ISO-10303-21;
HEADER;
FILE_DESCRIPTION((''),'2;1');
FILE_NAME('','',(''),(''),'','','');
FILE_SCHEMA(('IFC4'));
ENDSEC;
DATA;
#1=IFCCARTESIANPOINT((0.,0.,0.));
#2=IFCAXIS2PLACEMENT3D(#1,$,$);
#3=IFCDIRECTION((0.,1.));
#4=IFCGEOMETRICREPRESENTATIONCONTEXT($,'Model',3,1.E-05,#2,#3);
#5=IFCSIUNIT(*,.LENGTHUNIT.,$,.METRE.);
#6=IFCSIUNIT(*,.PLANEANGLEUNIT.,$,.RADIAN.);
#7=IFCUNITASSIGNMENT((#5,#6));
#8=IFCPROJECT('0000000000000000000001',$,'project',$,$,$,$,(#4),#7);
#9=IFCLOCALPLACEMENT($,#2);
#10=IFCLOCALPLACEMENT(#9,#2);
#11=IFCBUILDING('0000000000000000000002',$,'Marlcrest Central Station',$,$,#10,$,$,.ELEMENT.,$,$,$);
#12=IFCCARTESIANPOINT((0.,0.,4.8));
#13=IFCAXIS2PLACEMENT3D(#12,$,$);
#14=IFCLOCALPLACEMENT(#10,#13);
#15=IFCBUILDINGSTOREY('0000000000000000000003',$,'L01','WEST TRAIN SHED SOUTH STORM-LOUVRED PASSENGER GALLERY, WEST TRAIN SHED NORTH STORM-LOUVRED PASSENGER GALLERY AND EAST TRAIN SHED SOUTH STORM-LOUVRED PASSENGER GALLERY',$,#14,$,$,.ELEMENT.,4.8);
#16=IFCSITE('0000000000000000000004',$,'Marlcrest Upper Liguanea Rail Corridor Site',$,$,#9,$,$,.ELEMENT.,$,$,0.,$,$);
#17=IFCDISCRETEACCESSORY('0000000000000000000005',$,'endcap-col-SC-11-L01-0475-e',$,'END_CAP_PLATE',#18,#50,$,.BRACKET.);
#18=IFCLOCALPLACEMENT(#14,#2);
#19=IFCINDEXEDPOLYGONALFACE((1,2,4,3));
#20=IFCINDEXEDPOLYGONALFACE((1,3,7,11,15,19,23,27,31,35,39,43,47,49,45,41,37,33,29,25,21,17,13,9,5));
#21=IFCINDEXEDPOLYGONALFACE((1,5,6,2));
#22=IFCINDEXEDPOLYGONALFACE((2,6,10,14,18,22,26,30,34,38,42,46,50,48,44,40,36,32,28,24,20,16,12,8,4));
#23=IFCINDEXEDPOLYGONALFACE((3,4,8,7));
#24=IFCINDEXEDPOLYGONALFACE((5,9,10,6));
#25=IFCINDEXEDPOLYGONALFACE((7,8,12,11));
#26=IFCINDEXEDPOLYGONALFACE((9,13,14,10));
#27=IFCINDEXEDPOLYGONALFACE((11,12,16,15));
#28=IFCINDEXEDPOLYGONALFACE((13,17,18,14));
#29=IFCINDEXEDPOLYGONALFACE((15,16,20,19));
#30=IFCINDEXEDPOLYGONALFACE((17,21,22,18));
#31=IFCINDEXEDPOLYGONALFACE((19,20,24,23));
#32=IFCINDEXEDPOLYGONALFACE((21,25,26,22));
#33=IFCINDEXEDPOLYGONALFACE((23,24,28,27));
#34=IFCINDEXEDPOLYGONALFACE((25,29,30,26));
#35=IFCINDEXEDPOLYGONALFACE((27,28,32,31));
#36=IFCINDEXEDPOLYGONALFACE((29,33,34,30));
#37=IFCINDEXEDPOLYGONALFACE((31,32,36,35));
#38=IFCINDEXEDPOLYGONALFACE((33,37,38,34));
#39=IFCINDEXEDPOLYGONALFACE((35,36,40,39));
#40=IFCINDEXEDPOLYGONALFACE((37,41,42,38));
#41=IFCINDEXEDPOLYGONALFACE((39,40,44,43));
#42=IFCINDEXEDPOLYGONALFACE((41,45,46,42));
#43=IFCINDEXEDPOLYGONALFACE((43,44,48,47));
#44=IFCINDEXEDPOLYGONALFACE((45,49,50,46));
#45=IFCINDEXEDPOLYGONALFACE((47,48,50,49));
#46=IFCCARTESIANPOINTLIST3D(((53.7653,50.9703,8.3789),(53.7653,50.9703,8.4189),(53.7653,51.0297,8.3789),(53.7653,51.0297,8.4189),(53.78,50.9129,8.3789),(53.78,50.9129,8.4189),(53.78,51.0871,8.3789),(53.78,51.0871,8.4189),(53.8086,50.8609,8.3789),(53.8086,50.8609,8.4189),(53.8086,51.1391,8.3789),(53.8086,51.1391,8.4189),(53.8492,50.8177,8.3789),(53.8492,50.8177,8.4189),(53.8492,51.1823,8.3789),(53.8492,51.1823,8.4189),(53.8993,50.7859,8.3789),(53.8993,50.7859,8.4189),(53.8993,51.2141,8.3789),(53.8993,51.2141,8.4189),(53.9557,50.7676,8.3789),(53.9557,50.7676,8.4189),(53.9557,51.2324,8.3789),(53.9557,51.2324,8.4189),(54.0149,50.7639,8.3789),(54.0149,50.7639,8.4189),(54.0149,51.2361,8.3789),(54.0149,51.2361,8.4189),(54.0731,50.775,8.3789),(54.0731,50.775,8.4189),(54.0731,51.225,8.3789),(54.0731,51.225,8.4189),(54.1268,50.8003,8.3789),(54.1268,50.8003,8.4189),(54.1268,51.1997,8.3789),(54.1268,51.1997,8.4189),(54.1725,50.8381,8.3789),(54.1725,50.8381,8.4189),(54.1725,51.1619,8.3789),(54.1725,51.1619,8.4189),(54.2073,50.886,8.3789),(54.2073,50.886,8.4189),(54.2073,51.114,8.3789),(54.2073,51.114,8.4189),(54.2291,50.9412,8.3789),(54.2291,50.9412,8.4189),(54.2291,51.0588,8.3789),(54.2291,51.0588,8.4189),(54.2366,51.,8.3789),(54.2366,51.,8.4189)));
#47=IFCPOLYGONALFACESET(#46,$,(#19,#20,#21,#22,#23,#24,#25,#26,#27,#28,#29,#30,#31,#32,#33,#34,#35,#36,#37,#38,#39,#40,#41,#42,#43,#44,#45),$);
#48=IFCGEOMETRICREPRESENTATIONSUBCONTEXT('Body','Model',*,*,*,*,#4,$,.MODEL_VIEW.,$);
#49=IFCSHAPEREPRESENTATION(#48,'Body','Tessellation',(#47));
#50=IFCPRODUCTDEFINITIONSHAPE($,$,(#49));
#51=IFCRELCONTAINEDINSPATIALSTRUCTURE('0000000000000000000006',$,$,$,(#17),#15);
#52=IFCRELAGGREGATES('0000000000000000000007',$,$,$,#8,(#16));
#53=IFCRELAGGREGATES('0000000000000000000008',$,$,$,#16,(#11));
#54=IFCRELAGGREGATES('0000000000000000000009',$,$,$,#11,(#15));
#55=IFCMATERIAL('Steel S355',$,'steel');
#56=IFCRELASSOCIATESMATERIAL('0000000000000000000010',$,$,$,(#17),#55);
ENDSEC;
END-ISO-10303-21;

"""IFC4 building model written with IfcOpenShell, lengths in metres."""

from ifc_helpers import new_model, si_unit, direction, frame, origin, origin_2d, place, context, subcontext, project, spatial, circle, extrude, material, element, save


model = new_model("IFC4")

# Units and contexts
model_context = context("Model", 3, precision=1e-05, world=origin(), true_north=direction((0.0, 1.0)))
body_context = subcontext(model_context, "Body", "Model", "MODEL_VIEW")
ifc_project = project(units=[si_unit("LENGTHUNIT", "METRE"), si_unit("PLANEANGLEUNIT", "RADIAN")], contexts=[model_context])

# Site, building, storey
site_placement = place(None, origin())
site = spatial("IfcSite", under=ifc_project, at=site_placement, Name="Marlcrest Upper Liguanea Rail Corridor Site", CompositionType="ELEMENT", RefElevation=0.0)
building_placement = place(site_placement, origin())
building = spatial("IfcBuilding", under=site, at=building_placement, Name="Marlcrest Central Station", CompositionType="ELEMENT")
storey_placement = place(building_placement, frame((0.0, 0.0, 4.8)))
storey = spatial("IfcBuildingStorey", under=building, at=storey_placement, Name="L01", Description="WEST TRAIN SHED SOUTH STORM-LOUVRED PASSENGER GALLERY, WEST TRAIN SHED NORTH STORM-LOUVRED PASSENGER GALLERY AND EAST TRAIN SHED SOUTH STORM-LOUVRED PASSENGER GALLERY", CompositionType="ELEMENT", Elevation=4.8)

# Shared definitions
ifc_material = material(Name="Steel S355", Category="steel")

# Discrete accessory
for number, where, z_axis, x_axis, name in (
    (1, (54.0, 51.0, 8.3789), (0.0, 0.0, 1.0), (1.0, 0.0, 0.0), "endcap-col-SC-11-L01-0475-e"),
):
    element("IfcDiscreteAccessory", number, at=place(storey_placement, frame(where, z_axis=z_axis, x_axis=x_axis)), inside=storey, material=ifc_material, Name=name, ObjectType="END_CAP_PLATE", PredefinedType="BRACKET", context=body_context, shape_type="SweptSolid", body=[
        extrude(circle(Radius=0.2366, at=origin_2d()), origin(), (0.0, 0.0, 1.0), 0.04),
    ])

save(model, "model.ifc")
